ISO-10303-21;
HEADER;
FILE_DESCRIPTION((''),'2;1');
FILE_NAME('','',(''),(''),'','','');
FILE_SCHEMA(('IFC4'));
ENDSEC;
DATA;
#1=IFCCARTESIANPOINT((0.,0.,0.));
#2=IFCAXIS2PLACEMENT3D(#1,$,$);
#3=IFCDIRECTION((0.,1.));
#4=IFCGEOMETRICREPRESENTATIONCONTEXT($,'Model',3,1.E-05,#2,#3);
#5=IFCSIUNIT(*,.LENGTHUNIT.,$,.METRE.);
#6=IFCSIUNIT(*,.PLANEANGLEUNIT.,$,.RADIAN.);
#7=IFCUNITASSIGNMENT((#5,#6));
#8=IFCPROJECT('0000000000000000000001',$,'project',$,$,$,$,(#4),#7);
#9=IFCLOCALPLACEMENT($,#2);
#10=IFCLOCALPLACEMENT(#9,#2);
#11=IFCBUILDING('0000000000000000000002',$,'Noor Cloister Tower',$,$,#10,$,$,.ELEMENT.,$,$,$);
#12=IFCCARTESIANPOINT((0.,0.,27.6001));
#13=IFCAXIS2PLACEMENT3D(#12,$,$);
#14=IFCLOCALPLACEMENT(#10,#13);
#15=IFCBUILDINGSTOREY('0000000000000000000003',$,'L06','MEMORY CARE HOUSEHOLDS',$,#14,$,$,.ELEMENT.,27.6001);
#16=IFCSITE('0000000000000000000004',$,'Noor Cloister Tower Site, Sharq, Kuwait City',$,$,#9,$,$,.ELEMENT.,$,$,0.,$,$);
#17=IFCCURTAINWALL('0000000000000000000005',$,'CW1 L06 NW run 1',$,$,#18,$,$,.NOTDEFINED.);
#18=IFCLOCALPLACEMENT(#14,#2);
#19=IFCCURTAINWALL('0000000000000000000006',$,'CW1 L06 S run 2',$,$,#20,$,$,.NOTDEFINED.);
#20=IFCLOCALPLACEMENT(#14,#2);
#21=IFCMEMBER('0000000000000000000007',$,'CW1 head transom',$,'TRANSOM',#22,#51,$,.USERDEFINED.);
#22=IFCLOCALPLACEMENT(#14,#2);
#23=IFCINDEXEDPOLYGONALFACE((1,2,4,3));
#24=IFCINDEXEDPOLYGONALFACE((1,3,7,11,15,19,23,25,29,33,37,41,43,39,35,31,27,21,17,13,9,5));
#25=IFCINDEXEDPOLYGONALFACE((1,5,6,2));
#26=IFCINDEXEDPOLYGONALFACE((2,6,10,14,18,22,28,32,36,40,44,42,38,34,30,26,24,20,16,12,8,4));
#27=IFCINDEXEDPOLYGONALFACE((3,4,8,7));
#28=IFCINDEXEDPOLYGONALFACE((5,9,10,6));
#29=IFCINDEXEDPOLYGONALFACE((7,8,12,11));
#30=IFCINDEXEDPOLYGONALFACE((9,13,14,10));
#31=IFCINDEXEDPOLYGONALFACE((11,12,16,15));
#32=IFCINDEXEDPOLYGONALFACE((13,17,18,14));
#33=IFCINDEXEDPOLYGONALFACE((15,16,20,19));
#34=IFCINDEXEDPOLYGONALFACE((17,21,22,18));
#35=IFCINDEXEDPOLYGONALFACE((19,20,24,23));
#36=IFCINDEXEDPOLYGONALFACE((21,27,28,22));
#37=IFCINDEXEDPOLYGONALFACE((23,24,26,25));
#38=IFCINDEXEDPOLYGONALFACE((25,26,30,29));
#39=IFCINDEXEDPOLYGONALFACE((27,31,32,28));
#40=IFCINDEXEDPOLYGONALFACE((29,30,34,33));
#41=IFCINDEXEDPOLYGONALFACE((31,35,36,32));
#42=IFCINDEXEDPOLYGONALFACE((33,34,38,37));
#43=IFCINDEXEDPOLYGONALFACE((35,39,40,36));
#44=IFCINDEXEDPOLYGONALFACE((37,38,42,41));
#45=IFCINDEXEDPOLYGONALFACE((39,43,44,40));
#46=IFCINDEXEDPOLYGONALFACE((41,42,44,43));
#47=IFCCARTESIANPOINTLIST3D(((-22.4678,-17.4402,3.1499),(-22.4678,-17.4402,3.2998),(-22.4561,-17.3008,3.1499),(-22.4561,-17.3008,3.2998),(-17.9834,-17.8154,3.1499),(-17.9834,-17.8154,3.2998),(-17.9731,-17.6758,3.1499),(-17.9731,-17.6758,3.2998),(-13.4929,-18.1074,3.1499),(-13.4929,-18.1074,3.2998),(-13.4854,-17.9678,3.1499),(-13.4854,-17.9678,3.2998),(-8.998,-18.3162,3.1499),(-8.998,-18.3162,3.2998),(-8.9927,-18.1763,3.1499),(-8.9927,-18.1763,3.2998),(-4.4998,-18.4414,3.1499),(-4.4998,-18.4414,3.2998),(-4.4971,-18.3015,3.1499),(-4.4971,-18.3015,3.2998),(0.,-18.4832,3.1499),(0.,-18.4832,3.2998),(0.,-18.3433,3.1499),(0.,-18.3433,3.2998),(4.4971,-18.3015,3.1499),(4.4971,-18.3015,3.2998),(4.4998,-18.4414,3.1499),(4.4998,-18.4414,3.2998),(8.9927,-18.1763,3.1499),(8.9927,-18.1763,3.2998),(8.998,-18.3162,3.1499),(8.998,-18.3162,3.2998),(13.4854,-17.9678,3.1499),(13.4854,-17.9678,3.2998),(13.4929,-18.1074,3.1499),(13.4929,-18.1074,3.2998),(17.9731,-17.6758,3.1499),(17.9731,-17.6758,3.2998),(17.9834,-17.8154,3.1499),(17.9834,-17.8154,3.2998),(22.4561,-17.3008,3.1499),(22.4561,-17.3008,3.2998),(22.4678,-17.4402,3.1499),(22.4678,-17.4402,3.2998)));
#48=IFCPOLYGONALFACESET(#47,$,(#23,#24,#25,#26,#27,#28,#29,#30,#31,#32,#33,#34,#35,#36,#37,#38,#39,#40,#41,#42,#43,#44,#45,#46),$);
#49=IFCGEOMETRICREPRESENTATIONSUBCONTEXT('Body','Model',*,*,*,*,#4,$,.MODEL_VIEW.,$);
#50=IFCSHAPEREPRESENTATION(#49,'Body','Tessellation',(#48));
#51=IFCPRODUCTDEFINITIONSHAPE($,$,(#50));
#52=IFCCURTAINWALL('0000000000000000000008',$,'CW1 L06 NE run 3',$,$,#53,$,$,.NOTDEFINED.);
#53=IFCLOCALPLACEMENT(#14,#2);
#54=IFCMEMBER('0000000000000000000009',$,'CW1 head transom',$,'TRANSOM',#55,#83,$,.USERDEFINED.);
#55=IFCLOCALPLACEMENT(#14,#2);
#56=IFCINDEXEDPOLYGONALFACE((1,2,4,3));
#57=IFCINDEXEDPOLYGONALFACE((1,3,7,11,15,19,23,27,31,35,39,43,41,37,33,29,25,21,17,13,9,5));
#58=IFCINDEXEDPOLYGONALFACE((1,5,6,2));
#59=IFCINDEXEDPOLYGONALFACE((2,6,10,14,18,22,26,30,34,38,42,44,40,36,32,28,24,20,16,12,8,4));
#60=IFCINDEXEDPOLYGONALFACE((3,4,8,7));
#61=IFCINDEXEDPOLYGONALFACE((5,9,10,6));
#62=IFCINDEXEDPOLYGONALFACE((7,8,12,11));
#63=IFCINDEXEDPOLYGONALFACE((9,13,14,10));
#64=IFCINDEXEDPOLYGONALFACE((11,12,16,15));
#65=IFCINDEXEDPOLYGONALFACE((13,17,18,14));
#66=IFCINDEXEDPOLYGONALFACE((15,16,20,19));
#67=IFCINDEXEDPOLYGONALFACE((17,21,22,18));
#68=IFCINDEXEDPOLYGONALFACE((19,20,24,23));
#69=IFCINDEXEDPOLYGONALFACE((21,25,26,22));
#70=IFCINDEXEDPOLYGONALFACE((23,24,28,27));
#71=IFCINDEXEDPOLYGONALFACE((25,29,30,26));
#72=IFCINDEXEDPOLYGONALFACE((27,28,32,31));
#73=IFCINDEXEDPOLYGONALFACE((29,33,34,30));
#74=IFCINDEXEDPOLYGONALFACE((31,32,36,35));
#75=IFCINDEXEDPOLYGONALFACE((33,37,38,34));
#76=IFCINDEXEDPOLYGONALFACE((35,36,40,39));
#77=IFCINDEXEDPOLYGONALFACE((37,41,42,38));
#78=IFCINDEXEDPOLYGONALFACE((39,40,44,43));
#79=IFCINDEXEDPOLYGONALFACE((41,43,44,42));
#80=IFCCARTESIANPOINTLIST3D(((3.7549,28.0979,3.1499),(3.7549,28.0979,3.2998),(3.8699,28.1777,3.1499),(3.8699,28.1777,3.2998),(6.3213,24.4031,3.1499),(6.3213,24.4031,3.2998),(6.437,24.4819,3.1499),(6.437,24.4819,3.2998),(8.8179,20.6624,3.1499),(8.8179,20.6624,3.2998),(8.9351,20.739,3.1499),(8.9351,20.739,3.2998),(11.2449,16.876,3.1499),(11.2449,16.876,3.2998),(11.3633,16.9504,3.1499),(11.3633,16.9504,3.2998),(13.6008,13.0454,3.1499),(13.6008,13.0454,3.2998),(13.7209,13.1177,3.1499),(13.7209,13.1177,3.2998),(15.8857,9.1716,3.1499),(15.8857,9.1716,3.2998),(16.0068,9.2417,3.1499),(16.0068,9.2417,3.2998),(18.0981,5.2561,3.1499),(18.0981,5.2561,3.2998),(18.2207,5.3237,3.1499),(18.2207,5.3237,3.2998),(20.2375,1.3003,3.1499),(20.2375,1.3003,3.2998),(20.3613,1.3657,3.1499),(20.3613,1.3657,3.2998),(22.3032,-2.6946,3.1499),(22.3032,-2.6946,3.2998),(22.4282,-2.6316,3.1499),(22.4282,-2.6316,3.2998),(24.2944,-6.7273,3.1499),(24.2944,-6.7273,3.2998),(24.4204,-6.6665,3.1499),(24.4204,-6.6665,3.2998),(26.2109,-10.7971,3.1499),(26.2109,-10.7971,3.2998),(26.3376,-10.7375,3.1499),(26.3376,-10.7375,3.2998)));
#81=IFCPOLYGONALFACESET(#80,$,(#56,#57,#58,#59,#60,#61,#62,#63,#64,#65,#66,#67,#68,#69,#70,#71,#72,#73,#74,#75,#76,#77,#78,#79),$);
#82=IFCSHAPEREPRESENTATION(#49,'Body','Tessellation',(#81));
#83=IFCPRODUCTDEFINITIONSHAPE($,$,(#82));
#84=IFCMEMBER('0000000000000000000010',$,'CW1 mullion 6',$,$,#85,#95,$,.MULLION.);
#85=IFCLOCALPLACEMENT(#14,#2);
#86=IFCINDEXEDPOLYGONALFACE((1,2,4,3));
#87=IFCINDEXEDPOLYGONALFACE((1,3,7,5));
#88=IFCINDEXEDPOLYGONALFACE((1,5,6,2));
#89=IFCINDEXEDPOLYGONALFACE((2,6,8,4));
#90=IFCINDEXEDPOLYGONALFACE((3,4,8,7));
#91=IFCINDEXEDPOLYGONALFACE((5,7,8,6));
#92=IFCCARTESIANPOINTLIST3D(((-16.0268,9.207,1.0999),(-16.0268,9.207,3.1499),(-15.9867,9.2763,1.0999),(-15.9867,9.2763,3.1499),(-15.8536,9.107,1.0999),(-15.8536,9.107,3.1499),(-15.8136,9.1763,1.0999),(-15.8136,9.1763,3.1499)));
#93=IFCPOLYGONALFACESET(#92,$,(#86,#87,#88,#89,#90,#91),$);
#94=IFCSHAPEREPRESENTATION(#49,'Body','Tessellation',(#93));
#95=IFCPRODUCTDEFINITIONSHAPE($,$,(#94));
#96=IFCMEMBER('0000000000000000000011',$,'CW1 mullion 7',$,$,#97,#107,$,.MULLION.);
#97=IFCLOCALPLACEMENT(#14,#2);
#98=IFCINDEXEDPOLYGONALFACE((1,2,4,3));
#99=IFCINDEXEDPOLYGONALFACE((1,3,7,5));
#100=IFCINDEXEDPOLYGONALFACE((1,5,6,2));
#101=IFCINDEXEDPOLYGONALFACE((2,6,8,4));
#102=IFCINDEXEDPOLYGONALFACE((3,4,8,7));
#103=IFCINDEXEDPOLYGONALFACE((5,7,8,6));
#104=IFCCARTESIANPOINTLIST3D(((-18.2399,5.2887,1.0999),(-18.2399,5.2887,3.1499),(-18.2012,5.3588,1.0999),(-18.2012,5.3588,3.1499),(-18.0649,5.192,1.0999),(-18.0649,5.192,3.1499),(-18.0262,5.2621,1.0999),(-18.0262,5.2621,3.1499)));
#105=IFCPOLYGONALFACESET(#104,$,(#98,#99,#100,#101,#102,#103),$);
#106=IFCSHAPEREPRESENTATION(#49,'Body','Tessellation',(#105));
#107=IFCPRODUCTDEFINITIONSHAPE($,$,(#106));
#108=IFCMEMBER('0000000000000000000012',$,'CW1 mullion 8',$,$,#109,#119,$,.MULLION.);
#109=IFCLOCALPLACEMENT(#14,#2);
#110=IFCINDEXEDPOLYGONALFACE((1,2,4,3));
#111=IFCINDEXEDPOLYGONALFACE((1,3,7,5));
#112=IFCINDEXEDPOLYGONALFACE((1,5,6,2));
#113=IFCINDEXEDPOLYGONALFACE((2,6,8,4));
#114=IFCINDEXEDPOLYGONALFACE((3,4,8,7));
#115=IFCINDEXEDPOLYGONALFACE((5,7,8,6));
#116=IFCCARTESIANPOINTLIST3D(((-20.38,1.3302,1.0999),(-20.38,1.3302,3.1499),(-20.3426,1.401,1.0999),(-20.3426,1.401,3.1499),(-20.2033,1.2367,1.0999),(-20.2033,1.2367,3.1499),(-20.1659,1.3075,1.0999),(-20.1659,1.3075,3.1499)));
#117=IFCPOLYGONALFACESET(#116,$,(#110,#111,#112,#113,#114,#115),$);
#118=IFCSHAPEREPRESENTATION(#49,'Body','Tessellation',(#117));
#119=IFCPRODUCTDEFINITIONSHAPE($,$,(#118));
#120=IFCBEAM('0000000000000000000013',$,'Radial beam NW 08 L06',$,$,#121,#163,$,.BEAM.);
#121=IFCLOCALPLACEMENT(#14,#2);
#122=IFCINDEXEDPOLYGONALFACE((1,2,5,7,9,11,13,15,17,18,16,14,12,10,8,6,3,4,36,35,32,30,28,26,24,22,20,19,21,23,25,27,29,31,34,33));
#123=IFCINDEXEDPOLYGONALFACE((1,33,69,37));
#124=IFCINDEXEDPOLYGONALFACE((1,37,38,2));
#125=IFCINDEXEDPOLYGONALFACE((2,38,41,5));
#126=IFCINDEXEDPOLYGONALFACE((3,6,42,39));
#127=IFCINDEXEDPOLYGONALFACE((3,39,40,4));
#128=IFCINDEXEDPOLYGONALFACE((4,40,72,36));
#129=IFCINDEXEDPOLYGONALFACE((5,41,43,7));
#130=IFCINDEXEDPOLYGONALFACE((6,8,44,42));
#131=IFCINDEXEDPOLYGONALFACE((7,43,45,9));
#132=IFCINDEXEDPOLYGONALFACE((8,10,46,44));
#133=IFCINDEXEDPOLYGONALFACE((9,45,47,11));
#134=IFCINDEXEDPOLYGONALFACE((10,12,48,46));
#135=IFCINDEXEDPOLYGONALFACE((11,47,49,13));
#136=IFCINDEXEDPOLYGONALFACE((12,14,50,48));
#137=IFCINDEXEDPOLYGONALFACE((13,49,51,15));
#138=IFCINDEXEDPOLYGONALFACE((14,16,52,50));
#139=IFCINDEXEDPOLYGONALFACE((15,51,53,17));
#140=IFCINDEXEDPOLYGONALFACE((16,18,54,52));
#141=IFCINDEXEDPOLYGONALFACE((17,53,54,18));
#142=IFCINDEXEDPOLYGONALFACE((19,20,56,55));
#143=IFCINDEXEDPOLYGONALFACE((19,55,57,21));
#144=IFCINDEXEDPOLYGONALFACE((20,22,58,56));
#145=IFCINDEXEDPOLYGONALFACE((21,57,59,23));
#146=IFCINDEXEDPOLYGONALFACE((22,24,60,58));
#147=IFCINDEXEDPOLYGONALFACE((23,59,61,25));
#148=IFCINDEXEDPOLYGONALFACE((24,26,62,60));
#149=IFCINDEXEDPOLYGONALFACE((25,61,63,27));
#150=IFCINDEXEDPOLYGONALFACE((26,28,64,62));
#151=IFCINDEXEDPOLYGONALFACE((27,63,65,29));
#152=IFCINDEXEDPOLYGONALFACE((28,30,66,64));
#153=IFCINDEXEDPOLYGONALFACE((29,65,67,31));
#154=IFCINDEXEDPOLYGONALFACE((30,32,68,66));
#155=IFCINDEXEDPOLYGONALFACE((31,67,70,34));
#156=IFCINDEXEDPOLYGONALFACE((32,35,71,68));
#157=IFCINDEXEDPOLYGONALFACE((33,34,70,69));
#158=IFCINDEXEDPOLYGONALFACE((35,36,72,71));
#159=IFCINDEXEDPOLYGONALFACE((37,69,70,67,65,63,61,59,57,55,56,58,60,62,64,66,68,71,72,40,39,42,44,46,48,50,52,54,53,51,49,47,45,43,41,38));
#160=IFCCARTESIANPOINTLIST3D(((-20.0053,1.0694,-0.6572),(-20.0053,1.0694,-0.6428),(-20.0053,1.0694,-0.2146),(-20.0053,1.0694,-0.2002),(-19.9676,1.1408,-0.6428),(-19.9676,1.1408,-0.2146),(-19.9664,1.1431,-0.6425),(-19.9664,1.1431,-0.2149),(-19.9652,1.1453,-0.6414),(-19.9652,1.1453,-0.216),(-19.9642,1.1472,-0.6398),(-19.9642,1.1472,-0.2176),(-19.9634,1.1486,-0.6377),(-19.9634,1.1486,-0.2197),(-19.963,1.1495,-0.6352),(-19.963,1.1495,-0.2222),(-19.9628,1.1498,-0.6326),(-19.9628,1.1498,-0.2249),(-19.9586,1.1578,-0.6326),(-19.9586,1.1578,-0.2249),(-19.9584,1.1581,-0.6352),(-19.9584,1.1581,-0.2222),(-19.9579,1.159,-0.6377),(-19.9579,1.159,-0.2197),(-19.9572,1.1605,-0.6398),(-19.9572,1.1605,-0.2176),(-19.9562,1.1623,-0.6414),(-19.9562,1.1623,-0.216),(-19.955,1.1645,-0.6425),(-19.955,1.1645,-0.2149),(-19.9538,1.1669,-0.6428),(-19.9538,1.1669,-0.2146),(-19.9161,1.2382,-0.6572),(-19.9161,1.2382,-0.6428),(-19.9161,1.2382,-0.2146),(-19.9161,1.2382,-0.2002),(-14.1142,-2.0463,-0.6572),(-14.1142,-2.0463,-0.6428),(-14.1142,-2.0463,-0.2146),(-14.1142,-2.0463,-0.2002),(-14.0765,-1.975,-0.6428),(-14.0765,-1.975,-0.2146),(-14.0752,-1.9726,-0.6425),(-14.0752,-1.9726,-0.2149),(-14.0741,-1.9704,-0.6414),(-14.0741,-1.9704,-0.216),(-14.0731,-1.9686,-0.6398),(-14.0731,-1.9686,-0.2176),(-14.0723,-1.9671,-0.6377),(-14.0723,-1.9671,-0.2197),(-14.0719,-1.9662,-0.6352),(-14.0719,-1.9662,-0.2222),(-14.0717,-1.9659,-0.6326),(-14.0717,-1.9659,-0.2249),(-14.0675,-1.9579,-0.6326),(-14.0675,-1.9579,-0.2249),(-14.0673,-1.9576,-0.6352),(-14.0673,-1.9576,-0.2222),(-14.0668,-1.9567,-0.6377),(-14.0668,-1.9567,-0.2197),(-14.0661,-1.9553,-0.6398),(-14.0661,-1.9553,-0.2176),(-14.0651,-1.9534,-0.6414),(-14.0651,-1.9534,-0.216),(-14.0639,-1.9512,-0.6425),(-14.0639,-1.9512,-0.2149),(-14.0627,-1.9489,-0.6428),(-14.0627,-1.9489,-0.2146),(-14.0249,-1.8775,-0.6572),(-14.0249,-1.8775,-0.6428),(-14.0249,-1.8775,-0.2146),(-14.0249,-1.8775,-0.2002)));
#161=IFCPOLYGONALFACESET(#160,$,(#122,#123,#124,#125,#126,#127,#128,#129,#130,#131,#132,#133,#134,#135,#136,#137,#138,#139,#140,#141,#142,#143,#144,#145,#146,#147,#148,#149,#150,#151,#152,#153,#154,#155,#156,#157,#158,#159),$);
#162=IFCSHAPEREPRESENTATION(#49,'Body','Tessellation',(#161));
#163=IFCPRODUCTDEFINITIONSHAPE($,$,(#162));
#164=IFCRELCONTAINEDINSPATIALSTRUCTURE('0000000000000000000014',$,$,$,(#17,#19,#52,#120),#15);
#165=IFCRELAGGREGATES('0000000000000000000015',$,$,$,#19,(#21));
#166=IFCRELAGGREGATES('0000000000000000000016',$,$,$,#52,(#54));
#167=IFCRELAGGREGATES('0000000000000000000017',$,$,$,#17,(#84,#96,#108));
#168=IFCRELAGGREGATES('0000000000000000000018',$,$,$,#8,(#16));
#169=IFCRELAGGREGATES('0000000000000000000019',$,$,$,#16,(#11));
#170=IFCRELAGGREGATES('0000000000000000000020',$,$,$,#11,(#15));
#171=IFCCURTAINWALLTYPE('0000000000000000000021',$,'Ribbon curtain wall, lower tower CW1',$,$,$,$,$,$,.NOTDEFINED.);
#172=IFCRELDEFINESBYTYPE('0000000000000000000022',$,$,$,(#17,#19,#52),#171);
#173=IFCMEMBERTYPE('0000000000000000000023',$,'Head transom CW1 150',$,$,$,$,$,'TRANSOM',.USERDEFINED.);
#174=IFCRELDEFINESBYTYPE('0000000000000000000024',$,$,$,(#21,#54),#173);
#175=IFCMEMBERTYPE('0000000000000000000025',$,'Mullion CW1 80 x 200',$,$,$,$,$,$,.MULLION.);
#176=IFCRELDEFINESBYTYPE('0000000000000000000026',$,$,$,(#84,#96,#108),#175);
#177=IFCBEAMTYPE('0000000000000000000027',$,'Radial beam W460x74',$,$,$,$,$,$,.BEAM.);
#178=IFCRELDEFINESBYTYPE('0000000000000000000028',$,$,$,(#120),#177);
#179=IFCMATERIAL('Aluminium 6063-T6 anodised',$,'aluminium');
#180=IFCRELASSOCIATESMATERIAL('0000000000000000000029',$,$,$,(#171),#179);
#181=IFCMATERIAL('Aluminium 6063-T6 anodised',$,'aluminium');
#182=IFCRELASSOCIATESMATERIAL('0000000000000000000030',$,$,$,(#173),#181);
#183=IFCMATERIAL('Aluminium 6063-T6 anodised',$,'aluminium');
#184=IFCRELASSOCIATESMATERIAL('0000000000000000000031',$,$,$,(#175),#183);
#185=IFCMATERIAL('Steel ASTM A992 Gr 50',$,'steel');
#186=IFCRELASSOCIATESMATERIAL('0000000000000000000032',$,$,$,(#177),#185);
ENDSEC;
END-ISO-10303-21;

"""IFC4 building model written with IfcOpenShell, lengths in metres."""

from ifc_helpers import new_model, si_unit, direction, frame, origin, origin_2d, place, context, subcontext, project, spatial, polyline, rectangle, i_section, outline, extrude, material, material_profile, profile_set, type_object, element, aggregate, save


model = new_model("IFC4")

# Units and contexts
model_context = context("Model", 3, precision=1e-05, world=origin(), true_north=direction((0.0, 1.0)))
body_context = subcontext(model_context, "Body", "Model", "MODEL_VIEW")
ifc_project = project(units=[si_unit("LENGTHUNIT", "METRE"), si_unit("PLANEANGLEUNIT", "RADIAN")], contexts=[model_context])

# Site, building, storey
site_placement = place(None, origin())
site = spatial("IfcSite", under=ifc_project, at=site_placement, Name="Noor Cloister Tower Site, Sharq, Kuwait City", CompositionType="ELEMENT", RefElevation=0.0)
building_placement = place(site_placement, origin())
building = spatial("IfcBuilding", under=site, at=building_placement, Name="Noor Cloister Tower", CompositionType="ELEMENT")
storey_placement = place(building_placement, frame((0.0, 0.0, 27.6001)))
storey = spatial("IfcBuildingStorey", under=building, at=storey_placement, Name="L06", Description="MEMORY CARE HOUSEHOLDS", CompositionType="ELEMENT", Elevation=27.6001)

# Curtain walls, members
ifc_material_1 = material(Name="Aluminium 6063-T6 anodised", Category="aluminium")
curtain_wall_type = type_object("IfcCurtainWallType", Name="Ribbon curtain wall, lower tower CW1", PredefinedType="NOTDEFINED", material=ifc_material_1)
curtain_wall_1_placement = place(storey_placement, origin())
curtain_wall_1 = element("IfcCurtainWall", 1, at=curtain_wall_1_placement, inside=storey, type_object=curtain_wall_type, Name="CW1 L06 NW run 1", PredefinedType="NOTDEFINED")
ifc_material_2 = material(Name="Aluminium 6063-T6 anodised", Category="aluminium")
member_type_1 = type_object("IfcMemberType", Name="Head transom CW1 150", ElementType="TRANSOM", PredefinedType="USERDEFINED", material=ifc_material_2)
curtain_wall_2_placement = place(storey_placement, origin())
curtain_wall_2 = element("IfcCurtainWall", 2, at=curtain_wall_2_placement, inside=storey, type_object=curtain_wall_type, Name="CW1 L06 S run 2", PredefinedType="NOTDEFINED")
member_1_placement = place(storey_placement, frame((0.0, 0.0, 3.1499)))
member_1 = element("IfcMember", 3, at=member_1_placement, type_object=member_type_1, Name="CW1 head transom", ObjectType="TRANSOM", PredefinedType="USERDEFINED", context=body_context, shape_type="SweptSolid", body=[
    extrude(outline(polyline([(-22.4678, -17.4402), (-17.9834, -17.8154), (-13.4929, -18.1074), (-8.998, -18.3162), (-4.4998, -18.4414), (0.0, -18.4832), (4.4998, -18.4414), (8.998, -18.3162), (13.4929, -18.1074), (17.9834, -17.8154), (22.4678, -17.4402), (22.4561, -17.3008), (17.9731, -17.6758), (13.4854, -17.9678), (8.9927, -18.1763), (4.4971, -18.3015), (0.0, -18.3433), (-4.4971, -18.3015), (-8.9927, -18.1763), (-13.4854, -17.9678), (-17.9731, -17.6758), (-22.4561, -17.3008), (-22.4678, -17.4402)])), origin(), (0.0, 0.0, 1.0), 0.1499),
])
curtain_wall_3_placement = place(storey_placement, origin())
curtain_wall_3 = element("IfcCurtainWall", 4, at=curtain_wall_3_placement, inside=storey, type_object=curtain_wall_type, Name="CW1 L06 NE run 3", PredefinedType="NOTDEFINED")
member_2_placement = place(storey_placement, frame((0.0, 0.0, 3.1499)))
member_2 = element("IfcMember", 5, at=member_2_placement, type_object=member_type_1, Name="CW1 head transom", ObjectType="TRANSOM", PredefinedType="USERDEFINED", context=body_context, shape_type="SweptSolid", body=[
    extrude(outline(polyline([(26.3376, -10.7375), (24.4204, -6.6665), (22.4282, -2.6316), (20.3613, 1.3657), (18.2207, 5.3237), (16.0068, 9.2417), (13.7209, 13.1177), (11.3633, 16.9504), (8.9351, 20.739), (6.437, 24.4819), (3.8699, 28.1777), (3.7549, 28.0979), (6.3213, 24.4031), (8.8179, 20.6624), (11.2449, 16.876), (13.6008, 13.0454), (15.8857, 9.1716), (18.0981, 5.2561), (20.2375, 1.3003), (22.3032, -2.6946), (24.2944, -6.7273), (26.2109, -10.7971), (26.3376, -10.7375)])), origin(), (0.0, 0.0, 1.0), 0.1499),
])

# Members
ifc_material_3 = material(Name="Aluminium 6063-T6 anodised", Category="aluminium")
ifc_material_profile_1 = material_profile(ifc_material_3, rectangle(XDim=0.2, YDim=0.0801, at=origin_2d()), Name="200 x 80 mullion")
ifc_profile_set_1 = profile_set([ifc_material_profile_1], Name="Aluminium 6063-T6 anodised")
member_type_2 = type_object("IfcMemberType", Name="Mullion CW1 80 x 200", PredefinedType="MULLION", material=ifc_profile_set_1)
member_3_placement = place(storey_placement, frame((-15.9202, 9.1917, 1.0999), z_axis=(0.0, 0.0, 1.0), x_axis=(0.866025, -0.5, 0.0)))
member_3 = element("IfcMember", 6, at=member_3_placement, type_object=member_type_2, Name="CW1 mullion 6", PredefinedType="MULLION", context=body_context, shape_type="SweptSolid", body=[
    extrude(rectangle(XDim=0.2, YDim=0.0801, at=origin_2d()), origin(), (0.0, 0.0, 1.0), 2.05),
])
member_4_placement = place(storey_placement, frame((-18.1331, 5.2754, 1.0999), z_axis=(0.0, 0.0, 1.0), x_axis=(0.875153, -0.483847, 0.0)))
member_4 = element("IfcMember", 7, at=member_4_placement, type_object=member_type_2, Name="CW1 mullion 7", PredefinedType="MULLION", context=body_context, shape_type="SweptSolid", body=[
    extrude(rectangle(XDim=0.2, YDim=0.0801, at=origin_2d()), origin(), (0.0, 0.0, 1.0), 2.05),
])
member_5_placement = place(storey_placement, frame((-20.2729, 1.3188, 1.0999), z_axis=(0.0, 0.0, 1.0), x_axis=(0.883979, -0.467527, 0.0)))
member_5 = element("IfcMember", 8, at=member_5_placement, type_object=member_type_2, Name="CW1 mullion 8", PredefinedType="MULLION", context=body_context, shape_type="SweptSolid", body=[
    extrude(rectangle(XDim=0.2, YDim=0.0801, at=origin_2d()), origin(), (0.0, 0.0, 1.0), 2.05),
])

# Beam
ifc_material_4 = material(Name="Steel ASTM A992 Gr 50", Category="steel")
ifc_material_profile_2 = material_profile(ifc_material_4, i_section(OverallWidth=0.1909, OverallDepth=0.457, WebThickness=0.009, FlangeThickness=0.0144, FilletRadius=0.0103, at=origin_2d()), Name="W460x74")
ifc_profile_set_2 = profile_set([ifc_material_profile_2], Name="Steel ASTM A992 Gr 50")
beam_type_1 = type_object("IfcBeamType", Name="Radial beam W460x74", PredefinedType="BEAM", material=ifc_profile_set_2)
beam_1_placement = place(storey_placement, frame((-19.9607, 1.1538, -0.4287), z_axis=(0.88398, -0.467524, 0.0), x_axis=(0.467524, 0.88398, 0.0)))
element("IfcBeam", 9, at=beam_1_placement, inside=storey, type_object=beam_type_1, Name="Radial beam NW 08 L06", PredefinedType="BEAM", context=body_context, shape_type="SweptSolid", body=[
    extrude(i_section(OverallWidth=0.1909, OverallDepth=0.457, WebThickness=0.009, FlangeThickness=0.0144, FilletRadius=0.0103, at=origin_2d()), origin(), (0.0, 0.0, 1.0), 6.6643),
])

aggregate(curtain_wall_2, [member_1])
aggregate(curtain_wall_3, [member_2])

aggregate(curtain_wall_1, [member_3, member_4, member_5])

save(model, "model.ifc")
